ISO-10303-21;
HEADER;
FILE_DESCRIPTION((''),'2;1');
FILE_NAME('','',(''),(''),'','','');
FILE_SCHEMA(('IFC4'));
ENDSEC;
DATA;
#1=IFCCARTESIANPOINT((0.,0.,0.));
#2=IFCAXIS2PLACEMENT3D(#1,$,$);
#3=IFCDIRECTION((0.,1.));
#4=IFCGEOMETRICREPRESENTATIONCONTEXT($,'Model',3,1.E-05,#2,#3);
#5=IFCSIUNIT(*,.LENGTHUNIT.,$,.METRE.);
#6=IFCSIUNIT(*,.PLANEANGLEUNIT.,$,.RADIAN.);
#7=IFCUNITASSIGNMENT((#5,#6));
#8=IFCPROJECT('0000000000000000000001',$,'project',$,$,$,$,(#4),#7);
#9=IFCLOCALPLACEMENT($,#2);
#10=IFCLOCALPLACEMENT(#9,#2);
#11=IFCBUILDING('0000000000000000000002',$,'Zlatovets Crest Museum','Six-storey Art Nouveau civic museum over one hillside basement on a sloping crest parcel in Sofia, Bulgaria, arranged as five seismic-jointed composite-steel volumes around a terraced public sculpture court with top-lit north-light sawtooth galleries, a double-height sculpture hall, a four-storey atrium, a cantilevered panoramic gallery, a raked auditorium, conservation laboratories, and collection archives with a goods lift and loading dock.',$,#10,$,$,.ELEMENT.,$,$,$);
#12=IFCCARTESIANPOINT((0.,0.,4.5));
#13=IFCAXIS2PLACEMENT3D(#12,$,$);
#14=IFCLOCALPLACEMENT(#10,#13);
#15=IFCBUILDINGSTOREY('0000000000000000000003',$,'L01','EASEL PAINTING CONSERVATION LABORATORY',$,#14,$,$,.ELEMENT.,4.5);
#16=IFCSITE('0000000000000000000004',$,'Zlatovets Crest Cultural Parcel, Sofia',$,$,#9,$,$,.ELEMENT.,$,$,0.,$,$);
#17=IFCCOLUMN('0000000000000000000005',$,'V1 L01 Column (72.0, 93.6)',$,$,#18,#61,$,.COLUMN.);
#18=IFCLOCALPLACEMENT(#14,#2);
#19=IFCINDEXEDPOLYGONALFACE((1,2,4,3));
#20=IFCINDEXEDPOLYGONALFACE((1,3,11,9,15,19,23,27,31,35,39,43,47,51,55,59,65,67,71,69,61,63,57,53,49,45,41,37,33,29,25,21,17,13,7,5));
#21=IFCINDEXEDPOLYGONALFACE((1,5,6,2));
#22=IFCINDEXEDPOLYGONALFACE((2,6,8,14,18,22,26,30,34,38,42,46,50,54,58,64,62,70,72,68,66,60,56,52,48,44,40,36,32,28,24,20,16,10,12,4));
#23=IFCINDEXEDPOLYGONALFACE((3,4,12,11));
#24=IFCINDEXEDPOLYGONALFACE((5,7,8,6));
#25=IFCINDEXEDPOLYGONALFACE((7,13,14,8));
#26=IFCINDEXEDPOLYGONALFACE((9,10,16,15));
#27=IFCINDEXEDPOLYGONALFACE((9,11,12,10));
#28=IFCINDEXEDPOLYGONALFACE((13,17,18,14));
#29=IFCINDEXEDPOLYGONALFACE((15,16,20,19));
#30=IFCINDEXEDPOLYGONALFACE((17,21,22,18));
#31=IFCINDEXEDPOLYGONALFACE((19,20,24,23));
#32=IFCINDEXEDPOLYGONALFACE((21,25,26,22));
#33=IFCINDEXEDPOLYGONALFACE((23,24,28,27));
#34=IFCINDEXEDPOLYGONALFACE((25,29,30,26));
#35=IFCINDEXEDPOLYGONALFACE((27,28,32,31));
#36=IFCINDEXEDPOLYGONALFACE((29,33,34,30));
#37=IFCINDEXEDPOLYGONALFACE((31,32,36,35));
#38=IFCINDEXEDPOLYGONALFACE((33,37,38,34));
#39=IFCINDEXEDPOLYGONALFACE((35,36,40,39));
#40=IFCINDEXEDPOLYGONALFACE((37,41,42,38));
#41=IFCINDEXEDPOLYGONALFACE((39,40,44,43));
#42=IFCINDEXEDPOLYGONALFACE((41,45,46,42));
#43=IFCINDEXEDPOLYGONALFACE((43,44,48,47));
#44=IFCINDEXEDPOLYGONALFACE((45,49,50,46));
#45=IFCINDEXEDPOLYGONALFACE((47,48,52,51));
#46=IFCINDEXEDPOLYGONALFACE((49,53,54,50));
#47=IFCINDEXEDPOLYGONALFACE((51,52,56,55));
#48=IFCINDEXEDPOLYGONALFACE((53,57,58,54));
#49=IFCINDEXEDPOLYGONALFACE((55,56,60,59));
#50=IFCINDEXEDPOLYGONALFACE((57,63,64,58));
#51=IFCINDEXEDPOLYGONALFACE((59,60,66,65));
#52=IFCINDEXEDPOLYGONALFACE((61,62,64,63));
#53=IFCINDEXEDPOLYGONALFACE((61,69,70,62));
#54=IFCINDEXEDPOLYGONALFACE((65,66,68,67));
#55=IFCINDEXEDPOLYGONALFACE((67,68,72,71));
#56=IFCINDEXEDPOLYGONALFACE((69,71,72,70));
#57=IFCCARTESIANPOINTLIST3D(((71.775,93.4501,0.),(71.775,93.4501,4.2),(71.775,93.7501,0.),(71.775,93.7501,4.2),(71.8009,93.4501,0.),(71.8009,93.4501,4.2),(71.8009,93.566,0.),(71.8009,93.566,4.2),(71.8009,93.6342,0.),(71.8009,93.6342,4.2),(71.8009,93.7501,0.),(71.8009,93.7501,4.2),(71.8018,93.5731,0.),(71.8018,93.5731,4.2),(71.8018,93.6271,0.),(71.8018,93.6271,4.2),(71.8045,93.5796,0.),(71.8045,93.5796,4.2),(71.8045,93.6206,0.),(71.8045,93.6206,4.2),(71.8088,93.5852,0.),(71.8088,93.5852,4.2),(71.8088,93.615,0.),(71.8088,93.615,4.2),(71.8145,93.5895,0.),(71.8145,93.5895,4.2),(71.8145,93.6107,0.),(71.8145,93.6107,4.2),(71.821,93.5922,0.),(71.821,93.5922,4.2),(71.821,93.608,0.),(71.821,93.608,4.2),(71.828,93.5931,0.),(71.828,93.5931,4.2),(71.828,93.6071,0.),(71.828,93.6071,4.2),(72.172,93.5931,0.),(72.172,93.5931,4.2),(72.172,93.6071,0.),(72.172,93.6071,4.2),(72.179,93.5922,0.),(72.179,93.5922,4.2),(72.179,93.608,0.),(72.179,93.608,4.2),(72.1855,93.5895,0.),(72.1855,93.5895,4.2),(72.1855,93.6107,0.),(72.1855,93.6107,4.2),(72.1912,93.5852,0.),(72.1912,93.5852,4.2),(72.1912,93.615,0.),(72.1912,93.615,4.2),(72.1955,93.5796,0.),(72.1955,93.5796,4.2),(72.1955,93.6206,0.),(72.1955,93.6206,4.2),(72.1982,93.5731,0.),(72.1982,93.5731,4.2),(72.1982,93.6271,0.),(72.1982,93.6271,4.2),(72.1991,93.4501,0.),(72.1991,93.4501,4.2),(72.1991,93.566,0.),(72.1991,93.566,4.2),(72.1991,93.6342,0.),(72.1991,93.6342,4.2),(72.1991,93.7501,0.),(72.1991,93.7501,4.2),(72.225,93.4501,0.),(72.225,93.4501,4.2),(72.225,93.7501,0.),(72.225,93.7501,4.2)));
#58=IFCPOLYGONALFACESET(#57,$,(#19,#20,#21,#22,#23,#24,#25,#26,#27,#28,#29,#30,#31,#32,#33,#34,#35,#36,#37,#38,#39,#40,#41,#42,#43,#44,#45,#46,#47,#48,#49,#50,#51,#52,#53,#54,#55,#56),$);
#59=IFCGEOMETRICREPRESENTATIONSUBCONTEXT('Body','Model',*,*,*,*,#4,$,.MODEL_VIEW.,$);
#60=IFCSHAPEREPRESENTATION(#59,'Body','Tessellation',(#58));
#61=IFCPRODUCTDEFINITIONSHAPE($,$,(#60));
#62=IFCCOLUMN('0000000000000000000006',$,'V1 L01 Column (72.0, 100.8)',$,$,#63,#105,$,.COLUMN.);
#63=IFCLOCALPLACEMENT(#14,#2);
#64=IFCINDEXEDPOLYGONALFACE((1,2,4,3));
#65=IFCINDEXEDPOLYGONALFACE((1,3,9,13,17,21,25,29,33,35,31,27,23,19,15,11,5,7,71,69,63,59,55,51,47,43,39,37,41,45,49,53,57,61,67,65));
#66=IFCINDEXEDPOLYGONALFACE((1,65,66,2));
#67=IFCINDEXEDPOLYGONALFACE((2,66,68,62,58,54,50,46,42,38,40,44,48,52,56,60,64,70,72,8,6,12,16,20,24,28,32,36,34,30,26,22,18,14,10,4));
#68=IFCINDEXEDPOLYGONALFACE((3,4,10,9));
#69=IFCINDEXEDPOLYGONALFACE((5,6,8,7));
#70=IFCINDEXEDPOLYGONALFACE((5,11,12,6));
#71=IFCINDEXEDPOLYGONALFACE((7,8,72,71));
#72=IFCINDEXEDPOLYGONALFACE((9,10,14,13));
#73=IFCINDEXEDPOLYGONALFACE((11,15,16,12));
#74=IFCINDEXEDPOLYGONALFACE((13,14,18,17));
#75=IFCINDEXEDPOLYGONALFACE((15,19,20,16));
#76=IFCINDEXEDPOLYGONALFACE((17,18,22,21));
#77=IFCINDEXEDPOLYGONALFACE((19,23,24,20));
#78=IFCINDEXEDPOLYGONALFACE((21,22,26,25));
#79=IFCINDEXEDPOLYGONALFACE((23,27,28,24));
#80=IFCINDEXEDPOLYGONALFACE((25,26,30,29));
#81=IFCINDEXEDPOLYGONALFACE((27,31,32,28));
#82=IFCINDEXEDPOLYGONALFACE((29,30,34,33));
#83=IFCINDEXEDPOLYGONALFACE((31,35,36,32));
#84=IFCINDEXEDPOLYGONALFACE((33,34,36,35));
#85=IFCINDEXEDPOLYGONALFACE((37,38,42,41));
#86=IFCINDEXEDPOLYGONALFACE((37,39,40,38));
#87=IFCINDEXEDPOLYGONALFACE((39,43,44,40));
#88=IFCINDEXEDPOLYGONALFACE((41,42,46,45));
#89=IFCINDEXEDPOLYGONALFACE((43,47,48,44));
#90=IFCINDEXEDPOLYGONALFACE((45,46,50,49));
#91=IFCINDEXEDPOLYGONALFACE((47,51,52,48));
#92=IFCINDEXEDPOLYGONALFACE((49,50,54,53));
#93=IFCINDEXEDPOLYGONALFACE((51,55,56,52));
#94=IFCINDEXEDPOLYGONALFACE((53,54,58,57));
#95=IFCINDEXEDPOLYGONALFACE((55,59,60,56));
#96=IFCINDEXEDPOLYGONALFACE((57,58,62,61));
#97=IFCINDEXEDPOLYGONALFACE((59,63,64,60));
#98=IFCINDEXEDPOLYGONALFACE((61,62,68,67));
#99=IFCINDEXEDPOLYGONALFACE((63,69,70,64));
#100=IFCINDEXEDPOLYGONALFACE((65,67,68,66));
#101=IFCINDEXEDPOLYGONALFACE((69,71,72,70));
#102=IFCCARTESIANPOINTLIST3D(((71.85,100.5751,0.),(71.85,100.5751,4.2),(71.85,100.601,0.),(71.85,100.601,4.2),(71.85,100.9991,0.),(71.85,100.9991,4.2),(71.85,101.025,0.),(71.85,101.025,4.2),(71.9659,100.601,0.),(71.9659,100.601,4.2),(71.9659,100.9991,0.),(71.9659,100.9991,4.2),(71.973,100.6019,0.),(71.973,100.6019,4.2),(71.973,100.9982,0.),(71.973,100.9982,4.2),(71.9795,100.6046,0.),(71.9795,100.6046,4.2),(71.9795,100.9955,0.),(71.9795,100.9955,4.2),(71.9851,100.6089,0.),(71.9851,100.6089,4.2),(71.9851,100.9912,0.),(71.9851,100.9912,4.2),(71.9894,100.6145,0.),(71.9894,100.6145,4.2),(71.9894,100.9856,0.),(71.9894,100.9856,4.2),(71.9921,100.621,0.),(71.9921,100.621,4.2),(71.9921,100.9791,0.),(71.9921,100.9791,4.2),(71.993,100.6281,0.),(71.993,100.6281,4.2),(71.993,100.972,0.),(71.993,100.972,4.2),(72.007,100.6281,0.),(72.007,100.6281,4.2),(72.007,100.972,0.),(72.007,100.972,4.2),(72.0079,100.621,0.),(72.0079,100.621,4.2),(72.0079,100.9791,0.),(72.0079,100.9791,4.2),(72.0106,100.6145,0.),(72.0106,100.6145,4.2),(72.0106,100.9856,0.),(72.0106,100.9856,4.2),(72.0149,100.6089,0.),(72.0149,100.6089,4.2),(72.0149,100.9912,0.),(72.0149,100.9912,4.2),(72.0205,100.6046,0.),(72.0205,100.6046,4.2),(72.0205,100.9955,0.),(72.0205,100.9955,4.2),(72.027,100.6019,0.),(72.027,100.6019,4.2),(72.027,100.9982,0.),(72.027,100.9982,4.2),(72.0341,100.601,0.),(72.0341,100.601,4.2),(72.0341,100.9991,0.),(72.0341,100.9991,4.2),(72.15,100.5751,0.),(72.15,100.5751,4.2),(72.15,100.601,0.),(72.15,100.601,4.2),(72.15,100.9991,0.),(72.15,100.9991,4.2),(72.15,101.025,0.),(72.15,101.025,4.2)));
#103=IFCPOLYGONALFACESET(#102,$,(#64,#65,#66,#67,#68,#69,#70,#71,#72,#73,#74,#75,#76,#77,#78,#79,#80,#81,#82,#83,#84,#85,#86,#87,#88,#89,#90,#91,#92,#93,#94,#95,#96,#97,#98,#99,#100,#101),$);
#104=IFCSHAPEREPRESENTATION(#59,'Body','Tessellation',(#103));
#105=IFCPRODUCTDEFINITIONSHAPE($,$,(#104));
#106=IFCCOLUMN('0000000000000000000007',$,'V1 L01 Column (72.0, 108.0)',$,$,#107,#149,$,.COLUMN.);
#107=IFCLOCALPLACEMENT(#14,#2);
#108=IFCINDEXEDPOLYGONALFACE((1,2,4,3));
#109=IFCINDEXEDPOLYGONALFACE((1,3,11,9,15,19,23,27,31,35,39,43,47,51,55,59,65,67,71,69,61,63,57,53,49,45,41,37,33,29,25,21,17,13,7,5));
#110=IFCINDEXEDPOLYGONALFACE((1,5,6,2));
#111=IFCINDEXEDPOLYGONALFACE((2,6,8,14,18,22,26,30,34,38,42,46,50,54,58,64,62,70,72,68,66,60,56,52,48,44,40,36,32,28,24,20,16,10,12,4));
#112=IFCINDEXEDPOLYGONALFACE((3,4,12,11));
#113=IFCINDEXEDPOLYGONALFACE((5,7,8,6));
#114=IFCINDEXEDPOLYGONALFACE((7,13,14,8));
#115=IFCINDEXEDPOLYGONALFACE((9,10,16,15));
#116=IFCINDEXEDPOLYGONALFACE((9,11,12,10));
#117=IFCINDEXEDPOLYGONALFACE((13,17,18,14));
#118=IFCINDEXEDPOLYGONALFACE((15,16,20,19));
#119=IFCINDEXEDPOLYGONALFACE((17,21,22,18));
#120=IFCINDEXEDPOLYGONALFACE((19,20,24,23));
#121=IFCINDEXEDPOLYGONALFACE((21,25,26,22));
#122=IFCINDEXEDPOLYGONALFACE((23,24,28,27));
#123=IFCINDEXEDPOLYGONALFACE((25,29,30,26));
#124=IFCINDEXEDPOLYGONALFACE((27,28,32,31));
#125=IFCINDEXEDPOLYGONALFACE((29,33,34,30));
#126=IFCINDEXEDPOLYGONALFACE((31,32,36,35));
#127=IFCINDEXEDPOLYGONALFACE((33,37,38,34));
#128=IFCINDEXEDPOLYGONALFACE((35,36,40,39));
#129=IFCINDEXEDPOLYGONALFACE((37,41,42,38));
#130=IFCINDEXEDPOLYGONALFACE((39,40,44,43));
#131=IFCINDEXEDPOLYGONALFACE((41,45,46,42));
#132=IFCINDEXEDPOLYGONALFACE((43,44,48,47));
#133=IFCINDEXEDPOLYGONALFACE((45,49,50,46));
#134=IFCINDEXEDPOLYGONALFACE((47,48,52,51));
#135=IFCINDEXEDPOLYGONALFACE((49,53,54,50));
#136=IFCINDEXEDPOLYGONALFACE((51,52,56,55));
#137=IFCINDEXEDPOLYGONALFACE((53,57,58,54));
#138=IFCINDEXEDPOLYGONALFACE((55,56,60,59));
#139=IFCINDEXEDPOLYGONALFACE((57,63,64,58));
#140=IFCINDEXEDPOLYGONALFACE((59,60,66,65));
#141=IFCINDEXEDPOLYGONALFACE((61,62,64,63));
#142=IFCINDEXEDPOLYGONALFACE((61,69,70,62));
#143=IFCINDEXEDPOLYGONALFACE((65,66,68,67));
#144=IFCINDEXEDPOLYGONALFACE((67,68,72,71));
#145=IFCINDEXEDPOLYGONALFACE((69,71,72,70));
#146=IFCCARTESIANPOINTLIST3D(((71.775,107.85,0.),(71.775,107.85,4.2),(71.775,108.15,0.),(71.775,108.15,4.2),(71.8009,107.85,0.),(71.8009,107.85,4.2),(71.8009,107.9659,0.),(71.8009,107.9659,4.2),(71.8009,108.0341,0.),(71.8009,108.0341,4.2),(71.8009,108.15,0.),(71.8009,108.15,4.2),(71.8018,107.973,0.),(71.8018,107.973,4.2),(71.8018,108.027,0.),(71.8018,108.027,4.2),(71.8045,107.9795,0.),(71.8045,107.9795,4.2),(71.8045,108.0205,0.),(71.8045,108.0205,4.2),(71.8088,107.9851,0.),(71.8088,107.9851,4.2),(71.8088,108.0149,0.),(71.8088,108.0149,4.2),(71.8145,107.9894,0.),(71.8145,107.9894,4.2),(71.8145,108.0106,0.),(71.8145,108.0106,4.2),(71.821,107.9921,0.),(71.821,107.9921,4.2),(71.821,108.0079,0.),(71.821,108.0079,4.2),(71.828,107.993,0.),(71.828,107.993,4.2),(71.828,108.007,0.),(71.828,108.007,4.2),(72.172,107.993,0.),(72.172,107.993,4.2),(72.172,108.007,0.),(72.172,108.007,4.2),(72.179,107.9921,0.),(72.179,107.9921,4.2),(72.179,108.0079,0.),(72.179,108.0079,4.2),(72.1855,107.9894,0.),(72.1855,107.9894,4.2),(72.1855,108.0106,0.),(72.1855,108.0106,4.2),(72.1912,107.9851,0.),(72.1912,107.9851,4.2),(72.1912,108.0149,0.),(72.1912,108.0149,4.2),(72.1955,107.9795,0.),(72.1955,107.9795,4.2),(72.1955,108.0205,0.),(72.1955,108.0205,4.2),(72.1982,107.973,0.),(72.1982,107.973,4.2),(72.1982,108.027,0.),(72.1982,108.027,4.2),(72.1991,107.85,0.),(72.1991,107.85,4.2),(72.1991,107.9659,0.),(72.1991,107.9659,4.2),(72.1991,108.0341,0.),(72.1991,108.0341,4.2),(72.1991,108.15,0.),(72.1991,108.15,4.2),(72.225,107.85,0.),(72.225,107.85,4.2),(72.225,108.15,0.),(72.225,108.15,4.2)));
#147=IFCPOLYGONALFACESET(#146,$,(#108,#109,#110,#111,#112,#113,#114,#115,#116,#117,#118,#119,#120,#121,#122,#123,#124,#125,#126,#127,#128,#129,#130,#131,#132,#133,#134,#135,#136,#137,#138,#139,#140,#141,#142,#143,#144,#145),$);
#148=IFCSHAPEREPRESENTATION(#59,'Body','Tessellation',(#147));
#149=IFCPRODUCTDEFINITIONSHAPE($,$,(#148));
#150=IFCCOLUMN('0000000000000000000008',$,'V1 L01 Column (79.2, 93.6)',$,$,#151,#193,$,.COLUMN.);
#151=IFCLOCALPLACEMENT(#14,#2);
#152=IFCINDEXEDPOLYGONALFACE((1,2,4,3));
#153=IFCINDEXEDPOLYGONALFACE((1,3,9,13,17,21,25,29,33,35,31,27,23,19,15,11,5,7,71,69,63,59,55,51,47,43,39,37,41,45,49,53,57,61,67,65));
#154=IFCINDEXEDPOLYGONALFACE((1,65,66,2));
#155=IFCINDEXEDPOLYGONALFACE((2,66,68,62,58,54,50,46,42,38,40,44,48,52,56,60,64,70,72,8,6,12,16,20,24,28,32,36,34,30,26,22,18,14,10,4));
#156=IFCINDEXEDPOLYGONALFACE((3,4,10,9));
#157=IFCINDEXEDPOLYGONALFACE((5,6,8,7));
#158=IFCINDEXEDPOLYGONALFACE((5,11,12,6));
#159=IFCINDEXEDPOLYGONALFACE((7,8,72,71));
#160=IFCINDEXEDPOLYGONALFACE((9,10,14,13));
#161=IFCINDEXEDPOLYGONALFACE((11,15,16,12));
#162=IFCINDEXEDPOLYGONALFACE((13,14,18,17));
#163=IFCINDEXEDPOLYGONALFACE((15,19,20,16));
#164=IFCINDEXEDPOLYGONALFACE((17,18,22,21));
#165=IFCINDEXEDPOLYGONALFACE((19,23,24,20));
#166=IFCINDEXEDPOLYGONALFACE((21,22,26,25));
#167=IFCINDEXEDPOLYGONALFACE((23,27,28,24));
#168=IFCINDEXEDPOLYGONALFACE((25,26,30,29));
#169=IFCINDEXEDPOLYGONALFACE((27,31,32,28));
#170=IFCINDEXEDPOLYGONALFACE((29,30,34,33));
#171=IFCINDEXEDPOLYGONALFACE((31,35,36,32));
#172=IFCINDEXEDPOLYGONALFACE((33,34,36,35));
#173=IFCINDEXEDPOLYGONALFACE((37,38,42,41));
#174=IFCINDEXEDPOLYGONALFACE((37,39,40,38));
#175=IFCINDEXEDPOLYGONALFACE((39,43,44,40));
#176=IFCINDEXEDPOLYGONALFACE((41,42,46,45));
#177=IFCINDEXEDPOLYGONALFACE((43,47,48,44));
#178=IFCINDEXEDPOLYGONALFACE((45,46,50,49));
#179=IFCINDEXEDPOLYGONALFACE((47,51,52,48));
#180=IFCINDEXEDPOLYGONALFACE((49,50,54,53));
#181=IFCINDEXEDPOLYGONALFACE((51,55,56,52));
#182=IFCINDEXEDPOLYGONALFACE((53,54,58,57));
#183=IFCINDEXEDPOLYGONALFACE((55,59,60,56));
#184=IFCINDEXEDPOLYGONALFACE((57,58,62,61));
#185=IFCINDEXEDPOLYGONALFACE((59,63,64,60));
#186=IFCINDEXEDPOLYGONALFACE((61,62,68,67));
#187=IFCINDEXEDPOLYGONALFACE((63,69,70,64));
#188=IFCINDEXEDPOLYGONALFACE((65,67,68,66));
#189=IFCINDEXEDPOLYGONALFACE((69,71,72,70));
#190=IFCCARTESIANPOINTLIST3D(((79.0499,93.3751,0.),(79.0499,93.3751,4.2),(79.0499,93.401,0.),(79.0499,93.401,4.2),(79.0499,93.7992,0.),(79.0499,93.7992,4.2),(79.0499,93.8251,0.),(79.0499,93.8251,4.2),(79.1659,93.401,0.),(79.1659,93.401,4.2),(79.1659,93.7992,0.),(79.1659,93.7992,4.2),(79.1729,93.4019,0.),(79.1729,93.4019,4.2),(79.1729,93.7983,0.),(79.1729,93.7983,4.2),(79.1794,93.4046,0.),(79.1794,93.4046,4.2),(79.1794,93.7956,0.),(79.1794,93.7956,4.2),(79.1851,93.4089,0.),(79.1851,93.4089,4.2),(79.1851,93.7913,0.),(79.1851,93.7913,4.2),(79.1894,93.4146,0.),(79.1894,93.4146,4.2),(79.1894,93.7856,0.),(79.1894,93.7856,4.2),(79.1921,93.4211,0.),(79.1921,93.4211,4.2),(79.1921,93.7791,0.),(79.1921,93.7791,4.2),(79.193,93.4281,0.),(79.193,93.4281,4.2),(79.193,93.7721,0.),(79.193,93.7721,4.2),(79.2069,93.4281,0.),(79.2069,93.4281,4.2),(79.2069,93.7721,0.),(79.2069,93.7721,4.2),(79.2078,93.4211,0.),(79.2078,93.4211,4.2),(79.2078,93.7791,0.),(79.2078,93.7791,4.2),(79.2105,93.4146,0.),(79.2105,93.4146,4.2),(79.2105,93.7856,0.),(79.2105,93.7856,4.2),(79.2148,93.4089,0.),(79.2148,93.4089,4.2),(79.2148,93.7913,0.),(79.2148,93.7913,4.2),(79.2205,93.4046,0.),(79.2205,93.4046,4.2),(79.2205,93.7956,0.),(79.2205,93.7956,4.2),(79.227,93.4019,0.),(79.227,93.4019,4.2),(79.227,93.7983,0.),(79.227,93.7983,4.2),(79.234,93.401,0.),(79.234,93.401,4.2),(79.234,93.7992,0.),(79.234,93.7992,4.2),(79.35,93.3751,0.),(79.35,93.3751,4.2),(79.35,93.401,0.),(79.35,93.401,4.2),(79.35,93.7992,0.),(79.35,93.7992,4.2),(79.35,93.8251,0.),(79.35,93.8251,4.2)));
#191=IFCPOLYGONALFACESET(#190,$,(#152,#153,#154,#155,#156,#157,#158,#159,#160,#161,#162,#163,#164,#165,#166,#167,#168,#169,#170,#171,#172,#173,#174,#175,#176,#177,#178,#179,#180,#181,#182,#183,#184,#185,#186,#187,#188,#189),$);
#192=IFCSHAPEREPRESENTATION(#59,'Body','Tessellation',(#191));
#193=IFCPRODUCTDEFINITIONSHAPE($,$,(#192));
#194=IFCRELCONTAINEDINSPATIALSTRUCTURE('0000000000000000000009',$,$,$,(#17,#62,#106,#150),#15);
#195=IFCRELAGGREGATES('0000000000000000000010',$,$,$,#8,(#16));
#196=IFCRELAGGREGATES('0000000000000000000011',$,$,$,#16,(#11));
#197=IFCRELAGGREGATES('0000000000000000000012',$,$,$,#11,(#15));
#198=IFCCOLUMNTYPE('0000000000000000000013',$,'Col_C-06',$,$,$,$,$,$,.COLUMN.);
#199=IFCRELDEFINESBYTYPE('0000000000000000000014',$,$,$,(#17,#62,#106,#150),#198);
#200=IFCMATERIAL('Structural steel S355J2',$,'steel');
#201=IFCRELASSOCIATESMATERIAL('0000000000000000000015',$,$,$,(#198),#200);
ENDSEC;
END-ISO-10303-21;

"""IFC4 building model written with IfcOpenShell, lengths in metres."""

from ifc_helpers import new_model, si_unit, direction, frame, origin, origin_2d, place, context, subcontext, project, spatial, i_section, extrude, material, material_profile, profile_set, type_object, element, save


model = new_model("IFC4")

# Units and contexts
model_context = context("Model", 3, precision=1e-05, world=origin(), true_north=direction((0.0, 1.0)))
body_context = subcontext(model_context, "Body", "Model", "MODEL_VIEW")
ifc_project = project(units=[si_unit("LENGTHUNIT", "METRE"), si_unit("PLANEANGLEUNIT", "RADIAN")], contexts=[model_context])

# Site, building, storey
site_placement = place(None, origin())
site = spatial("IfcSite", under=ifc_project, at=site_placement, Name="Zlatovets Crest Cultural Parcel, Sofia", CompositionType="ELEMENT", RefElevation=0.0)
building_placement = place(site_placement, origin())
building = spatial("IfcBuilding", under=site, at=building_placement, Name="Zlatovets Crest Museum", Description="Six-storey Art Nouveau civic museum over one hillside basement on a sloping crest parcel in Sofia, Bulgaria, arranged as five seismic-jointed composite-steel volumes around a terraced public sculpture court with top-lit north-light sawtooth galleries, a double-height sculpture hall, a four-storey atrium, a cantilevered panoramic gallery, a raked auditorium, conservation laboratories, and collection archives with a goods lift and loading dock.", CompositionType="ELEMENT")
storey_placement = place(building_placement, frame((0.0, 0.0, 4.5)))
storey = spatial("IfcBuildingStorey", under=building, at=storey_placement, Name="L01", Description="EASEL PAINTING CONSERVATION LABORATORY", CompositionType="ELEMENT", Elevation=4.5)

# Columns
ifc_material = material(Name="Structural steel S355J2", Category="steel")
ifc_material_profile_1 = material_profile(ifc_material, i_section(OverallWidth=0.3, OverallDepth=0.45, WebThickness=0.0139, FlangeThickness=0.0259, FilletRadius=0.0271, at=origin_2d()), Name="HEB 450")
ifc_profile_set_1 = profile_set([ifc_material_profile_1], Name="Structural steel S355J2")
column_type = type_object("IfcColumnType", Name="Col_C-06", PredefinedType="COLUMN", material=ifc_profile_set_1)
for number, where, z_axis, x_axis, name in (
    (1, (72.0, 93.6001, 0.0), (0.0, 0.0, 1.0), (0.0, 1.0, 0.0), "V1 L01 Column (72.0, 93.6)"),
    (2, (72.0, 100.8, 0.0), (0.0, 0.0, 1.0), (1.0, 0.0, 0.0), "V1 L01 Column (72.0, 100.8)"),
    (3, (72.0, 108.0, 0.0), (0.0, 0.0, 1.0), (0.0, 1.0, 0.0), "V1 L01 Column (72.0, 108.0)"),
    (4, (79.2, 93.6001, 0.0), (0.0, 0.0, 1.0), (1.0, 0.0, 0.0), "V1 L01 Column (79.2, 93.6)"),
):
    element("IfcColumn", number, at=place(storey_placement, frame(where, z_axis=z_axis, x_axis=x_axis)), inside=storey, type_object=column_type, Name=name, PredefinedType="COLUMN", context=body_context, shape_type="SweptSolid", body=[
        extrude(i_section(OverallWidth=0.3, OverallDepth=0.45, WebThickness=0.0139, FlangeThickness=0.0259, FilletRadius=0.0271, at=origin_2d()), origin(), (0.0, 0.0, 1.0), 4.2),
    ])

save(model, "model.ifc")
